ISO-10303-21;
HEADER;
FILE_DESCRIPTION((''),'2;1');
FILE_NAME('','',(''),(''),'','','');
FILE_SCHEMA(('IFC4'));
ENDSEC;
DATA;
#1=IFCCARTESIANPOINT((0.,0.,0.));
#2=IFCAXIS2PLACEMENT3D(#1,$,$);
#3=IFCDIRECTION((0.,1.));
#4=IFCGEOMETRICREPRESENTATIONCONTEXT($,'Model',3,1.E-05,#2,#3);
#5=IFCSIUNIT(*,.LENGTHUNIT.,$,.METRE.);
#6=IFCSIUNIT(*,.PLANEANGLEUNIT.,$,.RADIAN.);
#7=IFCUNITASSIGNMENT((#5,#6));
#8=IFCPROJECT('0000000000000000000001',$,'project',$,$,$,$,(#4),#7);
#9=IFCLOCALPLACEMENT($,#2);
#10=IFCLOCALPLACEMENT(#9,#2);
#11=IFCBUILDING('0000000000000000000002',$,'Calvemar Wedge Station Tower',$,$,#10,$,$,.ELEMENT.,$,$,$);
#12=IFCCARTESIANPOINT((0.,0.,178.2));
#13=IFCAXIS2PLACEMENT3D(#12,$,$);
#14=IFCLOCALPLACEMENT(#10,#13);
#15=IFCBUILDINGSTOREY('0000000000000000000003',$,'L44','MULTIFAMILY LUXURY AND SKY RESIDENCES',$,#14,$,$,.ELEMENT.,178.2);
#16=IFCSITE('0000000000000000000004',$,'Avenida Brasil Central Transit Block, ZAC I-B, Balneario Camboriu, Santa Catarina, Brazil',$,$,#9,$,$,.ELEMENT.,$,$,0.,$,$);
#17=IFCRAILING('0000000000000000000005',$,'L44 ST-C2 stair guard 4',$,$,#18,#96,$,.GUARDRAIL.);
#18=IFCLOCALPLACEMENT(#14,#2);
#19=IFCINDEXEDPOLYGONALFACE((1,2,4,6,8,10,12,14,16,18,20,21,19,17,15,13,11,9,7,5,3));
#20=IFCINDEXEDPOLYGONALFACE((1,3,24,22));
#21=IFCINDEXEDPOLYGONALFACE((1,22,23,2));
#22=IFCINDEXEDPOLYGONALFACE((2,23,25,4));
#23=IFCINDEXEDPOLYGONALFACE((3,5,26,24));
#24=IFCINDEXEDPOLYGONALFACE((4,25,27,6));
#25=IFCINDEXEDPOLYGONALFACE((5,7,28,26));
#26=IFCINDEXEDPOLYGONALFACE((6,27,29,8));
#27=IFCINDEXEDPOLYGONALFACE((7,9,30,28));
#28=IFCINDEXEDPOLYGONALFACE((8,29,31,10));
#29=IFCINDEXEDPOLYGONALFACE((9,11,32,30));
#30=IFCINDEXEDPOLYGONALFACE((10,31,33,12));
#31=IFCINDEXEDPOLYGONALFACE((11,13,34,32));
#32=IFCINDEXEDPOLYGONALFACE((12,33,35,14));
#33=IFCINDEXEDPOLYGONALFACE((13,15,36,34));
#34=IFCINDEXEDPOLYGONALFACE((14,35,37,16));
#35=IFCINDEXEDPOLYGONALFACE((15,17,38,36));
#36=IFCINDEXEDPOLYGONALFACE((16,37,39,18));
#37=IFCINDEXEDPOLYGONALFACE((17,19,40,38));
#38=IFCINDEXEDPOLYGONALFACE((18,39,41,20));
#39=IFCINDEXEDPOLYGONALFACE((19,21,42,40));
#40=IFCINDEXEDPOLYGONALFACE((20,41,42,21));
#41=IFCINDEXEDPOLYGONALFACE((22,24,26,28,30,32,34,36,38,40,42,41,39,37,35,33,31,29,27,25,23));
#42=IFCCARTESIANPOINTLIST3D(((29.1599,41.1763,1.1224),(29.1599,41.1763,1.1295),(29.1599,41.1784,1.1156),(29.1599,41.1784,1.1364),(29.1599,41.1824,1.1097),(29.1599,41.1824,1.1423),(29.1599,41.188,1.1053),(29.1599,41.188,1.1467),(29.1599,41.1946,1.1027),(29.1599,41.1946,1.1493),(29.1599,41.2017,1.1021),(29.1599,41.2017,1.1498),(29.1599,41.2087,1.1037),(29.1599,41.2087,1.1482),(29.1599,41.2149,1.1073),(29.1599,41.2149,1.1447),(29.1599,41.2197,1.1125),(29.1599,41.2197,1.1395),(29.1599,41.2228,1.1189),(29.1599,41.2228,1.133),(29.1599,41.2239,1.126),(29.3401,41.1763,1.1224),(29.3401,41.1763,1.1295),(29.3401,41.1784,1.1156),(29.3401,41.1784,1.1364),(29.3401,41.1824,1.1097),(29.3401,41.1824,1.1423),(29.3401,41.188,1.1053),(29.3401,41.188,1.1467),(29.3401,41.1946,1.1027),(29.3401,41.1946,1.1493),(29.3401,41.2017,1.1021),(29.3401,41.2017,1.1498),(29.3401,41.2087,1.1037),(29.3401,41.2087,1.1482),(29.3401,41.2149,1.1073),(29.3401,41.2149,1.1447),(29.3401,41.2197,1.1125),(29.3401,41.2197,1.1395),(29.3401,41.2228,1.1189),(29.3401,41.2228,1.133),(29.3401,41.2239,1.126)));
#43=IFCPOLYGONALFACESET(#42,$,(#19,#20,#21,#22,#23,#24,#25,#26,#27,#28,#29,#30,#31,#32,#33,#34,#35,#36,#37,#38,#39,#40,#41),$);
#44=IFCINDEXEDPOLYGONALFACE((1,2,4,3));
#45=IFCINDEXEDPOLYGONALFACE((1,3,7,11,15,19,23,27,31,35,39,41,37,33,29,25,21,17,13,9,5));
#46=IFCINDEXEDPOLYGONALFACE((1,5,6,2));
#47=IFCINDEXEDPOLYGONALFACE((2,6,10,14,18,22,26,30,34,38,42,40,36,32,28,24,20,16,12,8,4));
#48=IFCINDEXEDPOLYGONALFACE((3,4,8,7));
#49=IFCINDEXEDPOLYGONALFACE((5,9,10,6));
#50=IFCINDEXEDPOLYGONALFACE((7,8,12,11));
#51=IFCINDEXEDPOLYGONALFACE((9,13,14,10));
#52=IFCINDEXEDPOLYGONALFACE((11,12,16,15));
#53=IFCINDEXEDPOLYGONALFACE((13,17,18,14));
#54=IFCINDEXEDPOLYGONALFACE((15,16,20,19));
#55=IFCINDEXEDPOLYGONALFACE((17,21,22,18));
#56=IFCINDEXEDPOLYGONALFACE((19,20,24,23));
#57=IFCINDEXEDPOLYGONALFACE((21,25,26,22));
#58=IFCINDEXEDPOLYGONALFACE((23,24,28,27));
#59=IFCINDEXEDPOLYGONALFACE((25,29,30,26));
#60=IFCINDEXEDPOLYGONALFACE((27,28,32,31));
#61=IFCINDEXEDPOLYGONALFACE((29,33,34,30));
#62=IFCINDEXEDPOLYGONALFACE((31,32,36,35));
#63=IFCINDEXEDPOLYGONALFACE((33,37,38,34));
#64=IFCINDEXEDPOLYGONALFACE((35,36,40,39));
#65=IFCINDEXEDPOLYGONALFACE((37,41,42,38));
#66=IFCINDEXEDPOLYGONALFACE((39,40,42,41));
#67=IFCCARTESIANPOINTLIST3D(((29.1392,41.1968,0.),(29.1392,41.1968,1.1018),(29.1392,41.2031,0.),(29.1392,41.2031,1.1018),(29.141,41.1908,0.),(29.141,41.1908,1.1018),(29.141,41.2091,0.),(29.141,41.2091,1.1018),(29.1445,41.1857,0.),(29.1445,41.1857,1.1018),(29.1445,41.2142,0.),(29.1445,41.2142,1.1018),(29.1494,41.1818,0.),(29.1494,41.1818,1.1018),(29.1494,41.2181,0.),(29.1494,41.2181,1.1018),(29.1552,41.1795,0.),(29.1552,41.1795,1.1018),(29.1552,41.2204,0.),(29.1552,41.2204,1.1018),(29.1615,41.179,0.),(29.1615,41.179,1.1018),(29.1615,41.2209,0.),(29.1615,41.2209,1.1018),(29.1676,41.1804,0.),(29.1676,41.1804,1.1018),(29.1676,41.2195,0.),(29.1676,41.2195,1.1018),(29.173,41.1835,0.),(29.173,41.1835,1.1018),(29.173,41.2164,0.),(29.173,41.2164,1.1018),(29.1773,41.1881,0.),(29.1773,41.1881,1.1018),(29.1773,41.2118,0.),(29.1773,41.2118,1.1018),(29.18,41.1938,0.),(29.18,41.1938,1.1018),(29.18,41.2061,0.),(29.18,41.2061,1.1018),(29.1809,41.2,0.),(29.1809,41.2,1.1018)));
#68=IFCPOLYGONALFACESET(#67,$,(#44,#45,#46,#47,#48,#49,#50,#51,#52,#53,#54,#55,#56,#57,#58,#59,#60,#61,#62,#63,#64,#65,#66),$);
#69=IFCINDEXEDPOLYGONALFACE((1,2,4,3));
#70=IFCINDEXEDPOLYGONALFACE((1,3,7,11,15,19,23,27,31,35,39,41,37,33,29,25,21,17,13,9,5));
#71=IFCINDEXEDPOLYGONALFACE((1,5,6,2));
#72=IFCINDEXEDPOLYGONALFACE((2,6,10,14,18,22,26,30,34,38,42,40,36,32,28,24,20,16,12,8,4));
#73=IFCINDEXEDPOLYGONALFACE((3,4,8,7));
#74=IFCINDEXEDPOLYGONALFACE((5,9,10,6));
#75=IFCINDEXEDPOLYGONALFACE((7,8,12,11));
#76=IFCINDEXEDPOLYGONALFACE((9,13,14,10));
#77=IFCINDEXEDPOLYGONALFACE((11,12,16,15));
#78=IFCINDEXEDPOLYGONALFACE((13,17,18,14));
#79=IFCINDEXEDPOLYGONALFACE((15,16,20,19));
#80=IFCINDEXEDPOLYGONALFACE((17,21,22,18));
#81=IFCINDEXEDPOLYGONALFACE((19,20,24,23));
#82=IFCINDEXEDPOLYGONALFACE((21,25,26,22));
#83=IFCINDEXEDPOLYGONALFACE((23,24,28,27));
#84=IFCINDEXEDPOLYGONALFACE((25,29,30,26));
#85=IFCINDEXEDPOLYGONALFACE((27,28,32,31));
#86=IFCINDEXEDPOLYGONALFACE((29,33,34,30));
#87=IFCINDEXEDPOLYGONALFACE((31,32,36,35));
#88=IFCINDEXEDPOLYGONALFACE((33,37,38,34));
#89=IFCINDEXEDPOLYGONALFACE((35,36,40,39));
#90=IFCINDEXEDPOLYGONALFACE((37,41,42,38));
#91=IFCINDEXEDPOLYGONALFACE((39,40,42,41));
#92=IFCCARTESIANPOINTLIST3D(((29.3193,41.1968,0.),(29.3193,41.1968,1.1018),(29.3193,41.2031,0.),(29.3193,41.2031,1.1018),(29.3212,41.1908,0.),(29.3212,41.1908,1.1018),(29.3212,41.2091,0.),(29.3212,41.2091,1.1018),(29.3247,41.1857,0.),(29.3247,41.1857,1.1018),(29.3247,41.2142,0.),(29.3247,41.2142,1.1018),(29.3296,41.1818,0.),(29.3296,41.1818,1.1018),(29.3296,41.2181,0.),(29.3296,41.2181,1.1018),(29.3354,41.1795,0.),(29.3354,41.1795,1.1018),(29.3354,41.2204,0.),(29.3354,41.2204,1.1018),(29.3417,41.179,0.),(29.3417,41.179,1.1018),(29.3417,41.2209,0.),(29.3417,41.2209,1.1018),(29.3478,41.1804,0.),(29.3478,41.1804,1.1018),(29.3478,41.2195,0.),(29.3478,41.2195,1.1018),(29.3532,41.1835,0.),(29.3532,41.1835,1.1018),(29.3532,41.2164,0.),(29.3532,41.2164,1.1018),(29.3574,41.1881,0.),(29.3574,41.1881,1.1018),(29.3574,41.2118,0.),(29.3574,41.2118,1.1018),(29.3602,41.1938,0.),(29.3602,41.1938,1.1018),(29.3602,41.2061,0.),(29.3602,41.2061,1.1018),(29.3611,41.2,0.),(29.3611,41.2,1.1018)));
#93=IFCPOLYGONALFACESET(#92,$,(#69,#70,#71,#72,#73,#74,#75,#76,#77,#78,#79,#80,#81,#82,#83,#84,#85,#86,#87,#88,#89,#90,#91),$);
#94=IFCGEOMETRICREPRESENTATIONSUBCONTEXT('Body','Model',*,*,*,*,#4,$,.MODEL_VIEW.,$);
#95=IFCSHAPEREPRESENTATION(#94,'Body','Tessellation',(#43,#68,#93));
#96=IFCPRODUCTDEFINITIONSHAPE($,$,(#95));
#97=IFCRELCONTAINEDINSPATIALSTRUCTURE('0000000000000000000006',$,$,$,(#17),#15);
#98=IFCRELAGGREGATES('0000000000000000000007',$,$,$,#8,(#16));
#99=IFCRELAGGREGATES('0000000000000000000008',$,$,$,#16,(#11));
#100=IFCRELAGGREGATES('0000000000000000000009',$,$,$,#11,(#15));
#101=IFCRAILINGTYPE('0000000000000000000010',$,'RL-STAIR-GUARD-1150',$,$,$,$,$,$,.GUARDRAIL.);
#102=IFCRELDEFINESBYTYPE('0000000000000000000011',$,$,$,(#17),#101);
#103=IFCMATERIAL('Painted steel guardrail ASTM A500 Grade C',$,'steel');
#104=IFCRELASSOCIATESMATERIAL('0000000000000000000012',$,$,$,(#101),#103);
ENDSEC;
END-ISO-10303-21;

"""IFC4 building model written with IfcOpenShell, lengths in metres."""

from ifc_helpers import new_model, si_unit, direction, frame, origin, origin_2d, place, context, subcontext, project, spatial, circle, extrude, material, type_object, element, save


model = new_model("IFC4")

# Units and contexts
model_context = context("Model", 3, precision=1e-05, world=origin(), true_north=direction((0.0, 1.0)))
body_context = subcontext(model_context, "Body", "Model", "MODEL_VIEW")
ifc_project = project(units=[si_unit("LENGTHUNIT", "METRE"), si_unit("PLANEANGLEUNIT", "RADIAN")], contexts=[model_context])

# Site, building, storey
site_placement = place(None, origin())
site = spatial("IfcSite", under=ifc_project, at=site_placement, Name="Avenida Brasil Central Transit Block, ZAC I-B, Balneario Camboriu, Santa Catarina, Brazil", CompositionType="ELEMENT", RefElevation=0.0)
building_placement = place(site_placement, origin())
building = spatial("IfcBuilding", under=site, at=building_placement, Name="Calvemar Wedge Station Tower", CompositionType="ELEMENT")
storey_placement = place(building_placement, frame((0.0, 0.0, 178.2)))
storey = spatial("IfcBuildingStorey", under=building, at=storey_placement, Name="L44", Description="MULTIFAMILY LUXURY AND SKY RESIDENCES", CompositionType="ELEMENT", Elevation=178.2)

# Railing
ifc_material_1 = material(Name="Painted steel guardrail ASTM A500 Grade C", Category="steel")
railing_type_1 = type_object("IfcRailingType", Name="RL-STAIR-GUARD-1150", PredefinedType="GUARDRAIL", material=ifc_material_1)
railing_1_placement = place(storey_placement, frame((29.1599, 41.2, 0.0)))
element("IfcRailing", 1, at=railing_1_placement, inside=storey, type_object=railing_type_1, Name="L44 ST-C2 stair guard 4", PredefinedType="GUARDRAIL", context=body_context, shape_type="SweptSolid", body=[
    extrude(circle(Radius=0.0239, at=origin_2d()), frame((0.0, 0.0, 1.126), z_axis=(1.0, 0.0, 0.0), x_axis=(0.0, 1.0, 0.0)), (0.0, 0.0, 1.0), 0.1802),
    extrude(circle(Radius=0.021, at=origin_2d()), origin(), (0.0, 0.0, 1.0), 1.1018),
    extrude(circle(Radius=0.021, at=origin_2d()), frame((0.1802, 0.0, 0.0)), (0.0, 0.0, 1.0), 1.1018),
])

save(model, "model.ifc")
